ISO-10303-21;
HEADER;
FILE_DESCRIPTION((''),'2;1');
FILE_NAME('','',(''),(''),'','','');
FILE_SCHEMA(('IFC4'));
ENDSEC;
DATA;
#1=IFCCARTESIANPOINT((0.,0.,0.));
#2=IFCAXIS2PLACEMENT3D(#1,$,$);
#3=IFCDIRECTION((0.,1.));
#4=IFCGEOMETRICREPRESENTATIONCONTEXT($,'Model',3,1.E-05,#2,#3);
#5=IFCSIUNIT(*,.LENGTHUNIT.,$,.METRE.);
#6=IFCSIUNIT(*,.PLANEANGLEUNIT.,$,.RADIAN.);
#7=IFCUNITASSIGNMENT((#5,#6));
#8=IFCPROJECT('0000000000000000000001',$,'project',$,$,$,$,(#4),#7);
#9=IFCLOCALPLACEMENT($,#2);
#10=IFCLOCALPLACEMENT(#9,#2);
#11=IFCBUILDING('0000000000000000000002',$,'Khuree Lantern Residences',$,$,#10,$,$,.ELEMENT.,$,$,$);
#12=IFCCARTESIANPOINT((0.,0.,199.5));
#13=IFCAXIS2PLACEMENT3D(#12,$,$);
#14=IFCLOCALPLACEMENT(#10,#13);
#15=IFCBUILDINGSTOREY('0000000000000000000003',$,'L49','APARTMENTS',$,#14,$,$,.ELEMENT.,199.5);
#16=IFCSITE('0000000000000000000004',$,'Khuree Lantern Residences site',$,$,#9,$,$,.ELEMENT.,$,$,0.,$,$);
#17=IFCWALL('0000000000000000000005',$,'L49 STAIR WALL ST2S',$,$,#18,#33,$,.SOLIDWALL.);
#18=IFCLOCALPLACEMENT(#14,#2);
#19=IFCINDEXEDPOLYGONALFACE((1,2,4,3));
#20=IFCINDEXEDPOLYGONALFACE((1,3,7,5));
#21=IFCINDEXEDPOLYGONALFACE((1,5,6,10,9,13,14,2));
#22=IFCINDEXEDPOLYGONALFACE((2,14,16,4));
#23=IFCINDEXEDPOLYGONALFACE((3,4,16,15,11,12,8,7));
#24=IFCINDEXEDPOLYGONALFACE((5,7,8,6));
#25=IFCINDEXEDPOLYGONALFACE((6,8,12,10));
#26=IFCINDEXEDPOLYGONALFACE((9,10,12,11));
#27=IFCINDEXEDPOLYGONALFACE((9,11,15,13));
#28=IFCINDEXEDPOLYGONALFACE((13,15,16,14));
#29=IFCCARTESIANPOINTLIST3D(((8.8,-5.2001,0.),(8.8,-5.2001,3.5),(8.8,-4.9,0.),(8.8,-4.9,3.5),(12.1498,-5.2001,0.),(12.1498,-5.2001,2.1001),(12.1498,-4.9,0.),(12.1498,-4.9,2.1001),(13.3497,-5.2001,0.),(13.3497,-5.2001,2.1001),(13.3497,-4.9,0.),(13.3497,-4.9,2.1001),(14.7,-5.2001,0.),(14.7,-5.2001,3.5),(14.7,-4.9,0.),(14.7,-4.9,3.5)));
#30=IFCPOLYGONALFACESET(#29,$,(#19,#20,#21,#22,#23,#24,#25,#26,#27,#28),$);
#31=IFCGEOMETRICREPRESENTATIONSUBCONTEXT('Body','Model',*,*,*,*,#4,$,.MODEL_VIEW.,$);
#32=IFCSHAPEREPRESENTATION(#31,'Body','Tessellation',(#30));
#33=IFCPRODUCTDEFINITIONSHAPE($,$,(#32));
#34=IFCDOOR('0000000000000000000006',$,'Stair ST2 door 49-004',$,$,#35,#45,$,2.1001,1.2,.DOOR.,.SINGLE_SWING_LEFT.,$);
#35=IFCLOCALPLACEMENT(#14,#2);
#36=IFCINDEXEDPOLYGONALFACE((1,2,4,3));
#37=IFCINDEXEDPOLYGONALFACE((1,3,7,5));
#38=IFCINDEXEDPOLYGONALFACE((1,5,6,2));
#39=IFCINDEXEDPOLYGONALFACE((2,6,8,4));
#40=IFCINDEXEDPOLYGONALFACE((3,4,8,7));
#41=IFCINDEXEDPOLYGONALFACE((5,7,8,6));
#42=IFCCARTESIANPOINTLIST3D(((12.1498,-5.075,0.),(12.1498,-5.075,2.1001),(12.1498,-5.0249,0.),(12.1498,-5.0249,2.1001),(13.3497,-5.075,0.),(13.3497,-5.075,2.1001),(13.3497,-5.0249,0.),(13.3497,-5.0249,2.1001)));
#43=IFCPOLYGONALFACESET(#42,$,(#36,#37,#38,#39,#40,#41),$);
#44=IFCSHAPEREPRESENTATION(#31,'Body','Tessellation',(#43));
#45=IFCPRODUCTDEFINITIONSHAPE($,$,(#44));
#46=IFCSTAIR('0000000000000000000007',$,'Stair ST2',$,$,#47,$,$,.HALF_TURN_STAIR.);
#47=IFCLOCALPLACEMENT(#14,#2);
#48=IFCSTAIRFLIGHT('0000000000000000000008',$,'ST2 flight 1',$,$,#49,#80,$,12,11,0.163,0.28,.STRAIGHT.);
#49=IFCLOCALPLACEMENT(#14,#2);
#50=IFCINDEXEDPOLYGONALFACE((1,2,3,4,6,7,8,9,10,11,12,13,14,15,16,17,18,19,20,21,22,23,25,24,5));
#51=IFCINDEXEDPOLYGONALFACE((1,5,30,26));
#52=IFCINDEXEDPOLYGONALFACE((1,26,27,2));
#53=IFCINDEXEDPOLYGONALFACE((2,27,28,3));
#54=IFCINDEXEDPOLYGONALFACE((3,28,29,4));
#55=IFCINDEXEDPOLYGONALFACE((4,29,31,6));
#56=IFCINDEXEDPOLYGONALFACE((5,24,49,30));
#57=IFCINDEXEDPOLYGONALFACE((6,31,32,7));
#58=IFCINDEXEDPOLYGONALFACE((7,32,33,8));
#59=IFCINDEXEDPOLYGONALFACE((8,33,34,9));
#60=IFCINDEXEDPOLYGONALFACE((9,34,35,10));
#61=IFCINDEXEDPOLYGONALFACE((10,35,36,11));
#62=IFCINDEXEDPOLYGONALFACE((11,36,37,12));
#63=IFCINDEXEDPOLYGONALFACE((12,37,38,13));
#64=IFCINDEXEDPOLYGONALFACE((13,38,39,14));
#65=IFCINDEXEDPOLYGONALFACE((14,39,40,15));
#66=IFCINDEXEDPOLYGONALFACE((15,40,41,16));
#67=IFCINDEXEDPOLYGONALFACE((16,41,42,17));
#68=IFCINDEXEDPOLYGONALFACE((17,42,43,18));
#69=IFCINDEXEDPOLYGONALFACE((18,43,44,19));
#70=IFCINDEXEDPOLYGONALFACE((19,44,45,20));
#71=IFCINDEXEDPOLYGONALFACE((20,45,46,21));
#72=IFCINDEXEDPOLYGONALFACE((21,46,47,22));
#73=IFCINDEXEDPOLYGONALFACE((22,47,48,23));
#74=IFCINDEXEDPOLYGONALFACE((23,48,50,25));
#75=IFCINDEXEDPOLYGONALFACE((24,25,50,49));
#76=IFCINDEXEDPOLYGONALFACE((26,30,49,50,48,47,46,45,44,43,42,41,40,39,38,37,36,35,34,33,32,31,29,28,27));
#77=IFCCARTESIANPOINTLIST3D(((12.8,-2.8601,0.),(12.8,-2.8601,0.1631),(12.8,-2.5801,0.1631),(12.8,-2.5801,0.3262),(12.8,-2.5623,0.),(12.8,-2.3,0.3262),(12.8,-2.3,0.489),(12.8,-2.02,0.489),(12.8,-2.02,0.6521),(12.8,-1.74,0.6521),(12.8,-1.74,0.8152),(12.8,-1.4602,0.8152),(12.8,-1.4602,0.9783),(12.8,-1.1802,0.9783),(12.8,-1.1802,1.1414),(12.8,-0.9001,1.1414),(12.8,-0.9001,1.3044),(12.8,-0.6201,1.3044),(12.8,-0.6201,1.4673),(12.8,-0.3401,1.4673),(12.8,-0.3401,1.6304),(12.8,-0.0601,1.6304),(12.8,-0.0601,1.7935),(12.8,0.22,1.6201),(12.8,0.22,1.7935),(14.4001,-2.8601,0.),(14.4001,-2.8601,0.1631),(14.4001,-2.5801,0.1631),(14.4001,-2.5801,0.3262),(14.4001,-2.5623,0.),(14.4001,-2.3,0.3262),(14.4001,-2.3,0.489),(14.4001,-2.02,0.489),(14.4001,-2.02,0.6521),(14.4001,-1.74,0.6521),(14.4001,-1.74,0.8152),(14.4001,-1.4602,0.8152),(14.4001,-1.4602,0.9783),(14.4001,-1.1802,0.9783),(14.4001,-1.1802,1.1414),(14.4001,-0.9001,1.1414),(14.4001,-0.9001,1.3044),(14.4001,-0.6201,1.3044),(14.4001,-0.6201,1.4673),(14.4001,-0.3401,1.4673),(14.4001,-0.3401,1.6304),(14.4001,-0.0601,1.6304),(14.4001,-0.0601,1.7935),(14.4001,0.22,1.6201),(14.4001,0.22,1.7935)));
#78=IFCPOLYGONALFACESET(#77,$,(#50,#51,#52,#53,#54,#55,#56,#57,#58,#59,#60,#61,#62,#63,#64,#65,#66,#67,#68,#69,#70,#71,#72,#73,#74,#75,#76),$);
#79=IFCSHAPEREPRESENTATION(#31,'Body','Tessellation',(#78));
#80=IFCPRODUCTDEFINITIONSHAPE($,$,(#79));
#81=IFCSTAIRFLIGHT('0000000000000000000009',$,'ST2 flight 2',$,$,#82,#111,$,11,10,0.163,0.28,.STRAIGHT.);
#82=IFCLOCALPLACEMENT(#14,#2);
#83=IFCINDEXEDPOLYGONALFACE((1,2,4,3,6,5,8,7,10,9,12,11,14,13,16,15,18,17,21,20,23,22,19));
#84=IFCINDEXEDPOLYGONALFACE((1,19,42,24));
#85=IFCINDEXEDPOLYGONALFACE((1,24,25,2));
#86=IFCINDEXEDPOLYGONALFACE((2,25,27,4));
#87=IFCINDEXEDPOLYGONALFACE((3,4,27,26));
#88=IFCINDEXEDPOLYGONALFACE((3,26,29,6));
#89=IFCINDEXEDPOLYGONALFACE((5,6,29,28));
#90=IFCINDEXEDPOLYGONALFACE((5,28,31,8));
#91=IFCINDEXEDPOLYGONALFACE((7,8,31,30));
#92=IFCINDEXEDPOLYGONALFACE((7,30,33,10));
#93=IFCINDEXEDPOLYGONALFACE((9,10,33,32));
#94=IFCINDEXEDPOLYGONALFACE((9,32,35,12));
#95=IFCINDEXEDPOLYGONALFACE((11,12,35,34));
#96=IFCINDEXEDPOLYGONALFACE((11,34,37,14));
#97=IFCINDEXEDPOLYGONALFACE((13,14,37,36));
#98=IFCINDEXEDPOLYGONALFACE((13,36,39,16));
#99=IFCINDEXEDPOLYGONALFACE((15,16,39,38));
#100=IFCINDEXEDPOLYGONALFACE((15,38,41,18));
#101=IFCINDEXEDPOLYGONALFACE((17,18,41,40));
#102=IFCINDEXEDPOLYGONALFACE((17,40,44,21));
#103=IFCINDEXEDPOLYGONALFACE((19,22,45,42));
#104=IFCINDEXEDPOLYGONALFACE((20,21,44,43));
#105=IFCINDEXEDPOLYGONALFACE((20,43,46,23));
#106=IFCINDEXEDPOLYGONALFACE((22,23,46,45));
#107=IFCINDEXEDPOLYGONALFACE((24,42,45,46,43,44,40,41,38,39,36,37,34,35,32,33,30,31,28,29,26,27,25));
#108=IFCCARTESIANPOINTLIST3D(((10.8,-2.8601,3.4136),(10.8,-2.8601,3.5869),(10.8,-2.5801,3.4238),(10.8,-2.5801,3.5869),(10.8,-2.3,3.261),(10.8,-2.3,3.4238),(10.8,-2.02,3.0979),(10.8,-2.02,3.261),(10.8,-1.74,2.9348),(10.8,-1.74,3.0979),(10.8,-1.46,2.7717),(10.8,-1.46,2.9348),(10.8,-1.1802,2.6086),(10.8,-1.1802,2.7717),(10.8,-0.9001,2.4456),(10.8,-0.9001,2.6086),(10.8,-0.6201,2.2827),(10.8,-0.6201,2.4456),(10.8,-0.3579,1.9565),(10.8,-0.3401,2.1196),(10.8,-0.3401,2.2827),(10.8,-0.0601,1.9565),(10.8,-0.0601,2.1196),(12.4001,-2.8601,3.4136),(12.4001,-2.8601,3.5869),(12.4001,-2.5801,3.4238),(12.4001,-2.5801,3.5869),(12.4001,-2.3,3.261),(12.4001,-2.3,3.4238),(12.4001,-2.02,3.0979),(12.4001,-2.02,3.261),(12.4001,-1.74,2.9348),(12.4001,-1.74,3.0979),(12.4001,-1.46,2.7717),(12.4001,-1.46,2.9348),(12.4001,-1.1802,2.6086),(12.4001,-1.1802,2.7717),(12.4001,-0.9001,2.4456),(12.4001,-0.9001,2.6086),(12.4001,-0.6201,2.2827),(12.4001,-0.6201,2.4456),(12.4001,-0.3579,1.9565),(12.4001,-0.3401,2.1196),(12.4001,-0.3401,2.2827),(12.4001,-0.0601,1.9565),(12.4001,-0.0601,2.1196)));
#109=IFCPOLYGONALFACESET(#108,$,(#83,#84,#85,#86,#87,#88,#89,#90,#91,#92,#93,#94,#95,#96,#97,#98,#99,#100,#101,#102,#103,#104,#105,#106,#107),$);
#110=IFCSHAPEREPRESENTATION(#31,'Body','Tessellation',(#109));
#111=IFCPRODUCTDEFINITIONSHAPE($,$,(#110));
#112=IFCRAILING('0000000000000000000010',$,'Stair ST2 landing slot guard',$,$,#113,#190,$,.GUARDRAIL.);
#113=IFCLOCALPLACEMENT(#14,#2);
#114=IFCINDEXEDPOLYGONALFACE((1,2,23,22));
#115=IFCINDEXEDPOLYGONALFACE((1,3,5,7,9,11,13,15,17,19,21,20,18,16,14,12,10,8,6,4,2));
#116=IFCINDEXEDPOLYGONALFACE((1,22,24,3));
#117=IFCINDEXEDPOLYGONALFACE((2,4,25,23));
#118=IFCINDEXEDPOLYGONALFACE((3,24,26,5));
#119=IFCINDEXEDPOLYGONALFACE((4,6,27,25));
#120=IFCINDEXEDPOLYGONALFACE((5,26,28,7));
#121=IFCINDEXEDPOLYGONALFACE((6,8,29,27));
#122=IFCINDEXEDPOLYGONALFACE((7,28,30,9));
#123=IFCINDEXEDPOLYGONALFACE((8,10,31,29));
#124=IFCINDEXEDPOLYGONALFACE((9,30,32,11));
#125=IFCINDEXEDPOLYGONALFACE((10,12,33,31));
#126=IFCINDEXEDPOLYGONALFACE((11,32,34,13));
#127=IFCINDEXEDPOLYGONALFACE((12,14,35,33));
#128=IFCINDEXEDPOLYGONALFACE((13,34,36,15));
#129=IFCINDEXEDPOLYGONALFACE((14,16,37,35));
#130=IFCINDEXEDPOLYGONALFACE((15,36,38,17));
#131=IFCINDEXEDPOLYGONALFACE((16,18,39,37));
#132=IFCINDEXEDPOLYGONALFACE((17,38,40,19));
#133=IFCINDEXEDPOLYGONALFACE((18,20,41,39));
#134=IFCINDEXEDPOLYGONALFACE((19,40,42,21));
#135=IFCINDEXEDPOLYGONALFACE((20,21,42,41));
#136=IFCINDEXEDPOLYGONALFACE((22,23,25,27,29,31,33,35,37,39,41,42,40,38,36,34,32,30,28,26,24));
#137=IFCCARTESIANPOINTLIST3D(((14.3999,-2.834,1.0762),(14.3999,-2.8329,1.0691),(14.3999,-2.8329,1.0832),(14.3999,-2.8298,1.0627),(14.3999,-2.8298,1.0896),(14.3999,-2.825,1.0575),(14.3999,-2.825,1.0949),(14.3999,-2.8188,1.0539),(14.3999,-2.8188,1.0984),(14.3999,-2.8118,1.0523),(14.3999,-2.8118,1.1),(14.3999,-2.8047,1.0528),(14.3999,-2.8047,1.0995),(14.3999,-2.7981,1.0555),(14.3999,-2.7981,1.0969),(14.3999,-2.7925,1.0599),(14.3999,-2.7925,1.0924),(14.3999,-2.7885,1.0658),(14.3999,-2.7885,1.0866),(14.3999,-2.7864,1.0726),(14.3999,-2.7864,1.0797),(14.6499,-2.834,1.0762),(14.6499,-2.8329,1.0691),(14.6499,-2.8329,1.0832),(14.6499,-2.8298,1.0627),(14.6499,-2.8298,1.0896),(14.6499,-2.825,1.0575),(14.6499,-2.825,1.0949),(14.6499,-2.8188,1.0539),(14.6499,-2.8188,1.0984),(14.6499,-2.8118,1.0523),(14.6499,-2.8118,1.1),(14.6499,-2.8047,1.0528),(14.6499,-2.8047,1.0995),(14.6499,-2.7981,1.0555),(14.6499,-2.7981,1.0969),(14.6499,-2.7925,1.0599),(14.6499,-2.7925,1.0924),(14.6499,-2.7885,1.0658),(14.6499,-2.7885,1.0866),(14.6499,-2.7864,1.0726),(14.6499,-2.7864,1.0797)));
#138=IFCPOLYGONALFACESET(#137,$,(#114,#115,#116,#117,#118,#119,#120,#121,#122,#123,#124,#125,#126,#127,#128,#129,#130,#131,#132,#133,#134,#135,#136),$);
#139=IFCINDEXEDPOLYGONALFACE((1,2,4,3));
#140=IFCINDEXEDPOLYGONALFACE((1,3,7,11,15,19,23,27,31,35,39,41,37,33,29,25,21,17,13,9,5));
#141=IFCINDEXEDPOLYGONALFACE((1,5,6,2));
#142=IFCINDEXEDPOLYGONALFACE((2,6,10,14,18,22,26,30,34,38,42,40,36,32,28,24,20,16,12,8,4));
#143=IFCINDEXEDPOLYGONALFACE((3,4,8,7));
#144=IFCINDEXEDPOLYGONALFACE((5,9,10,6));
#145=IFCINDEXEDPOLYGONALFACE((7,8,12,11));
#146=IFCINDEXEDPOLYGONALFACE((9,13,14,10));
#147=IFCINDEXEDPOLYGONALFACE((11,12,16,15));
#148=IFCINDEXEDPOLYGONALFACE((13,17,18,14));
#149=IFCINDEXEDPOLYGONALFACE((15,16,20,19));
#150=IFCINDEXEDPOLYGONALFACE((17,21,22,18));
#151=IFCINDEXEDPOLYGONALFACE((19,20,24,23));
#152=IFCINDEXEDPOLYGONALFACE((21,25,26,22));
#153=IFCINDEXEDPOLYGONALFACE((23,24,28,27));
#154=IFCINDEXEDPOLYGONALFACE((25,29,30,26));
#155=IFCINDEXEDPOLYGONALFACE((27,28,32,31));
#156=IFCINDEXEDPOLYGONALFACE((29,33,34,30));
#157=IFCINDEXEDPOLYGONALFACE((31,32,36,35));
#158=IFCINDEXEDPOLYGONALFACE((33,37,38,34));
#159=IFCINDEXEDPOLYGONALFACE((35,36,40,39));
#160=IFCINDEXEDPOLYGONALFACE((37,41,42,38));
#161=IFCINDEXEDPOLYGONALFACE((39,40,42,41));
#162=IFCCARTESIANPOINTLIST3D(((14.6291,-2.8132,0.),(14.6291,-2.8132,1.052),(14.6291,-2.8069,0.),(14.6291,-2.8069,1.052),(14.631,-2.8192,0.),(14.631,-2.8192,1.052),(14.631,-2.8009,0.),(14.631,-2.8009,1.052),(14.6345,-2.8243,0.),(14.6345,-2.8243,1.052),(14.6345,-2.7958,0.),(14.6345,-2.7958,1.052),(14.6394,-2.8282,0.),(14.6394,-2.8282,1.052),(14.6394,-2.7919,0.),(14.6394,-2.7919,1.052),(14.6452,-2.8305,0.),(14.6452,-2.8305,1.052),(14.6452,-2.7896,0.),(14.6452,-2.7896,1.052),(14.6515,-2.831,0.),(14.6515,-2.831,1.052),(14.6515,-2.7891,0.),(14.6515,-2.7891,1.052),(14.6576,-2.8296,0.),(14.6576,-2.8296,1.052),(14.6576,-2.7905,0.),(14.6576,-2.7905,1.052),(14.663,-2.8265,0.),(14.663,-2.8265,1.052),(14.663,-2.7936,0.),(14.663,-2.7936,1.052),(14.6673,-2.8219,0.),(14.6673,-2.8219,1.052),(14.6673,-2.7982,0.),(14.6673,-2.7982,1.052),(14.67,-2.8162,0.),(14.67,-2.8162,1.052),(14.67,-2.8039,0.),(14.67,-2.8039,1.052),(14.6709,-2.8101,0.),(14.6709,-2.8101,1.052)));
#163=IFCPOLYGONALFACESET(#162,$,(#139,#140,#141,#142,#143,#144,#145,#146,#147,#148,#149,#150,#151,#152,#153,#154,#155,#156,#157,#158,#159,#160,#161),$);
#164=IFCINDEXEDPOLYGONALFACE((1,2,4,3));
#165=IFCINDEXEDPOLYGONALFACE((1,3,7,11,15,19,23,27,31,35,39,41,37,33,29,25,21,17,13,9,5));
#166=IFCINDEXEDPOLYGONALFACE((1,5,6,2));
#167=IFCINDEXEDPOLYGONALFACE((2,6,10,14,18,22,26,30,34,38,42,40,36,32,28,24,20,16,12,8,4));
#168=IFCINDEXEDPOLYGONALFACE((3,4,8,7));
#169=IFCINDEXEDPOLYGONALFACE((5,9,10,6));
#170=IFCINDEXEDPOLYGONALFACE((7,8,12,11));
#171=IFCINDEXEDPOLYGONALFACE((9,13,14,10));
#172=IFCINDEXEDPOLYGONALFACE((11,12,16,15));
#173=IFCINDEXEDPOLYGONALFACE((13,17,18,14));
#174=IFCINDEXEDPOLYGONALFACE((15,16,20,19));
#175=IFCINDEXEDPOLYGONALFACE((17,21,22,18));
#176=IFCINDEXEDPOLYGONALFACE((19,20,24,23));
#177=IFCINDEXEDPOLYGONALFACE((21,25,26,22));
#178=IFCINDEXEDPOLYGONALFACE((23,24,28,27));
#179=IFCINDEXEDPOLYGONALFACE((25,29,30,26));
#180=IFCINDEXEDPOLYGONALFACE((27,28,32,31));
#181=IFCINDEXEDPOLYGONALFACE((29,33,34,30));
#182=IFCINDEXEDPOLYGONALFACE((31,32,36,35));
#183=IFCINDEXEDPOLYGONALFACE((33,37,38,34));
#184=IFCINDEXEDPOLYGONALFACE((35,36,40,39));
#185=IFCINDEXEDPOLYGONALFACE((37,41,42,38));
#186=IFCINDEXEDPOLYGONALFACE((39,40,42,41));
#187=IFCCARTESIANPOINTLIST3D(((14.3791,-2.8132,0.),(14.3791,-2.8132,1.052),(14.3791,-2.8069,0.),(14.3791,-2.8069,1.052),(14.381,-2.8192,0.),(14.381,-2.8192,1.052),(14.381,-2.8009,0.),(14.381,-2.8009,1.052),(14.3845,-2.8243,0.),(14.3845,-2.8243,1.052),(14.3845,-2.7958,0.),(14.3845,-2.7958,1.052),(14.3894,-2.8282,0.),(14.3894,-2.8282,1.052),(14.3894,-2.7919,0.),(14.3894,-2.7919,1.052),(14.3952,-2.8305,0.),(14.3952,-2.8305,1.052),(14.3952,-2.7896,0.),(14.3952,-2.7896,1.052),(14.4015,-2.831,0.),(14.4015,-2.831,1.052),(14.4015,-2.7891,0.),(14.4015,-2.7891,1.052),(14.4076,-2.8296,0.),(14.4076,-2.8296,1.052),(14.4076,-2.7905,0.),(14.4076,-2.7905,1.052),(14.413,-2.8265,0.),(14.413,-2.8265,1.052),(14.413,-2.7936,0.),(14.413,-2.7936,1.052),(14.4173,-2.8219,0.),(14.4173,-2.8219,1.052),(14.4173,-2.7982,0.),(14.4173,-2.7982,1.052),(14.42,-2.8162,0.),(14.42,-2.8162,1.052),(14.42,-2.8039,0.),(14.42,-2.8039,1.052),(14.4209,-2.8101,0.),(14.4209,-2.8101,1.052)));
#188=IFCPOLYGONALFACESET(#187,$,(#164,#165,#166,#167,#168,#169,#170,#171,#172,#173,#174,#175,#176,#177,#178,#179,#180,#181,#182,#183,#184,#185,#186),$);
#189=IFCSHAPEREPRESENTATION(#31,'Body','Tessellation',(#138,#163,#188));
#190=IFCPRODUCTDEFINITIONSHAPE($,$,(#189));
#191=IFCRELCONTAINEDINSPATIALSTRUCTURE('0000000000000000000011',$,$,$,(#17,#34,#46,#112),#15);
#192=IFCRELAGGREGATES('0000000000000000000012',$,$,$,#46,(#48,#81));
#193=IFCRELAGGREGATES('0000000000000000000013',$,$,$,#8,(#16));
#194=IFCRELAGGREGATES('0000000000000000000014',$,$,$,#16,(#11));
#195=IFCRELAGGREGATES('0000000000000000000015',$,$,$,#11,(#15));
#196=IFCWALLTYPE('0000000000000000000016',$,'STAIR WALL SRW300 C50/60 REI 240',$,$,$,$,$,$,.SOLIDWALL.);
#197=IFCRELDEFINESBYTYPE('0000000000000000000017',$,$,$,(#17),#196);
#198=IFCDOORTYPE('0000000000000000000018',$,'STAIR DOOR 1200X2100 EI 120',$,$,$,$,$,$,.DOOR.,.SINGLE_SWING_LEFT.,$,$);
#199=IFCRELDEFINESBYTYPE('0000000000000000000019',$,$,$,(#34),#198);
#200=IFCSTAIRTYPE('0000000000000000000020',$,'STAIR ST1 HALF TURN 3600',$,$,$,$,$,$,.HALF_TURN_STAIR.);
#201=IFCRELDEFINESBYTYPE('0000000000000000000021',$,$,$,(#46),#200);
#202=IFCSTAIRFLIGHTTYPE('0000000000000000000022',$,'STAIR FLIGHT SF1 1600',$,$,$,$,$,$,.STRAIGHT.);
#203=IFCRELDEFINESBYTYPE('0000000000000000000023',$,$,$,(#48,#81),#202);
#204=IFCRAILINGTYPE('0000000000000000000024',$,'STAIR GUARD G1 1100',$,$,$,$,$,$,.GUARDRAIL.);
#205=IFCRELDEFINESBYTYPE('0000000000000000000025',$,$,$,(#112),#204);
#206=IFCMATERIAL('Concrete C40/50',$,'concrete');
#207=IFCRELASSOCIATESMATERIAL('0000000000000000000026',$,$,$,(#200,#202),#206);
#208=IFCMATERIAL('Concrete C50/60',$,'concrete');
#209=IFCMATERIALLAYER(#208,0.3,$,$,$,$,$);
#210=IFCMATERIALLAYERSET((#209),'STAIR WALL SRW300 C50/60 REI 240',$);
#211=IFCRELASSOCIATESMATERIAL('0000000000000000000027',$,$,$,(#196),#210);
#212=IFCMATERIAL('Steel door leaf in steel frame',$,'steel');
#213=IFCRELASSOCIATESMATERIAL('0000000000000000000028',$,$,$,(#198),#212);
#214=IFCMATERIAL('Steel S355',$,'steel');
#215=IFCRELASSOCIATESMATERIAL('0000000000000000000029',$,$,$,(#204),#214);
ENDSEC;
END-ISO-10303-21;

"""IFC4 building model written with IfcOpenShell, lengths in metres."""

from ifc_helpers import new_model, si_unit, direction, frame, frame_2d, origin, origin_2d, place, context, subcontext, project, spatial, polyline, rectangle, circle, outline, extrude, material, layer, layer_set, type_object, element, fill, aggregate, save


model = new_model("IFC4")

# Units and contexts
model_context = context("Model", 3, precision=1e-05, world=origin(), true_north=direction((0.0, 1.0)))
body_context = subcontext(model_context, "Body", "Model", "MODEL_VIEW")
ifc_project = project(units=[si_unit("LENGTHUNIT", "METRE"), si_unit("PLANEANGLEUNIT", "RADIAN")], contexts=[model_context])

# Site, building, storey
site_placement = place(None, origin())
site = spatial("IfcSite", under=ifc_project, at=site_placement, Name="Khuree Lantern Residences site", CompositionType="ELEMENT", RefElevation=0.0)
building_placement = place(site_placement, origin())
building = spatial("IfcBuilding", under=site, at=building_placement, Name="Khuree Lantern Residences", CompositionType="ELEMENT")
storey_placement = place(building_placement, frame((0.0, 0.0, 199.5)))
storey = spatial("IfcBuildingStorey", under=building, at=storey_placement, Name="L49", Description="APARTMENTS", CompositionType="ELEMENT", Elevation=199.5)

# Shared definitions
ifc_material_1 = material(Name="Concrete C50/60", Category="concrete")

# Shared definitions
ifc_material_2 = material(Name="Steel S355", Category="steel")

# Shared definitions
ifc_material_3 = material(Name="Concrete C40/50", Category="concrete")
stair_type = type_object("IfcStairType", Name="STAIR ST1 HALF TURN 3600", PredefinedType="HALF_TURN_STAIR", material=ifc_material_3)

# Shared definitions
ifc_material_4 = material(Name="Steel door leaf in steel frame", Category="steel")

# Shared definitions
ifc_layer_1 = layer(ifc_material_1, 0.3)
ifc_layer_set_1 = layer_set([ifc_layer_1], Name="STAIR WALL SRW300 C50/60 REI 240")
wall_type_1 = type_object("IfcWallType", Name="STAIR WALL SRW300 C50/60 REI 240", PredefinedType="SOLIDWALL", material=ifc_layer_set_1)

# Wall, opening, door
wall_1_placement = place(storey_placement, frame((14.7, -5.05, 0.0), z_axis=(0.0, 0.0, 1.0), x_axis=(-1.0, 0.0, 0.0)))
wall_1 = element("IfcWall", 1, at=wall_1_placement, inside=storey, type_object=wall_type_1, Name="L49 STAIR WALL ST2S", PredefinedType="SOLIDWALL", context=body_context, shape_type="SweptSolid", body=[
    extrude(rectangle(XDim=5.8999, YDim=0.3, at=frame_2d((2.95, 0.0))), origin(), (0.0, 0.0, 1.0), 3.5),
])
opening_1_placement = place(wall_1_placement, frame((1.3501, 0.0, 0.0)))
opening_1 = element("IfcOpeningElement", 2, at=opening_1_placement, cuts=wall_1, PredefinedType="OPENING", context=body_context, shape_type="SweptSolid", body=[
    extrude(rectangle(XDim=1.2, YDim=2.1001, at=frame_2d((0.6001, 1.05))), frame((0.0, 0.1602, 0.0), z_axis=(0.0, -1.0, 0.0), x_axis=(1.0, 0.0, 0.0)), (0.0, 0.0, 1.0), 0.3201),
])
door_type_1 = type_object("IfcDoorType", Name="STAIR DOOR 1200X2100 EI 120", OperationType="SINGLE_SWING_LEFT", PredefinedType="DOOR", material=ifc_material_4)
door_1_placement = place(opening_1_placement, origin())
door_1 = element("IfcDoor", 3, at=door_1_placement, inside=storey, type_object=door_type_1, Name="Stair ST2 door 49-004", OperationType="SINGLE_SWING_LEFT", OverallHeight=2.1001, OverallWidth=1.2, PredefinedType="DOOR", context=body_context, shape_type="SweptSolid", body=[
    extrude(rectangle(XDim=1.2, YDim=2.1001, at=frame_2d((0.6001, 1.05))), frame((0.0, 0.0249, 0.0), z_axis=(0.0, -1.0, 0.0), x_axis=(1.0, 0.0, 0.0)), (0.0, 0.0, 1.0), 0.05),
])
fill(opening_1, door_1)

# Stair, stair flights
stair_1_placement = place(storey_placement, origin())
stair_1 = element("IfcStair", 4, at=stair_1_placement, inside=storey, type_object=stair_type, Name="Stair ST2", PredefinedType="HALF_TURN_STAIR")
stair_flight_type = type_object("IfcStairFlightType", Name="STAIR FLIGHT SF1 1600", PredefinedType="STRAIGHT", material=ifc_material_3)
stair_flight_1_placement = place(storey_placement, frame((13.6001, -2.8601, 0.0), z_axis=(0.0, 0.0, 1.0), x_axis=(0.0, 1.0, 0.0)))
stair_flight_1 = element("IfcStairFlight", 5, at=stair_flight_1_placement, type_object=stair_flight_type, Name="ST2 flight 1", NumberOfRisers=12, NumberOfTreads=11, PredefinedType="STRAIGHT", RiserHeight=0.163, TreadLength=0.28, context=body_context, shape_type="SweptSolid", body=[
    extrude(outline(polyline([(0.0, 0.0), (0.0, 0.1631), (0.28, 0.1631), (0.28, 0.3262), (0.5601, 0.3262), (0.5601, 0.489), (0.8401, 0.489), (0.8401, 0.6521), (1.1201, 0.6521), (1.1201, 0.8152), (1.3999, 0.8152), (1.3999, 0.9783), (1.6799, 0.9783), (1.6799, 1.1414), (1.96, 1.1414), (1.96, 1.3044), (2.24, 1.3044), (2.24, 1.4673), (2.52, 1.4673), (2.52, 1.6304), (2.8, 1.6304), (2.8, 1.7935), (3.0801, 1.7935), (3.0801, 1.9565), (3.0801, 1.6201), (0.2979, 0.0), (0.0, 0.0)])), frame((0.0, 0.8, 0.0), z_axis=(0.0, -1.0, 0.0), x_axis=(1.0, 0.0, 0.0)), (0.0, 0.0, 1.0), 1.6001),
])
stair_flight_2_placement = place(storey_placement, frame((11.6001, -0.0601, 1.9565), z_axis=(0.0, 0.0, 1.0), x_axis=(0.0, -1.0, 0.0)))
stair_flight_2 = element("IfcStairFlight", 6, at=stair_flight_2_placement, type_object=stair_flight_type, Name="ST2 flight 2", NumberOfRisers=11, NumberOfTreads=10, PredefinedType="STRAIGHT", RiserHeight=0.163, TreadLength=0.28, context=body_context, shape_type="SweptSolid", body=[
    extrude(outline(polyline([(0.0, 0.0), (0.0, 0.1631), (0.28, 0.1631), (0.28, 0.3262), (0.5601, 0.3262), (0.5601, 0.489), (0.8401, 0.489), (0.8401, 0.6521), (1.1201, 0.6521), (1.1201, 0.8152), (1.3999, 0.8152), (1.3999, 0.9783), (1.6799, 0.9783), (1.6799, 1.1414), (1.96, 1.1414), (1.96, 1.3044), (2.24, 1.3044), (2.24, 1.4673), (2.52, 1.4673), (2.52, 1.6304), (2.8, 1.6304), (2.8, 1.7935), (2.8, 1.457), (0.2979, 0.0), (0.0, 0.0)])), frame((0.0, 0.8, 0.0), z_axis=(0.0, -1.0, 0.0), x_axis=(1.0, 0.0, 0.0)), (0.0, 0.0, 1.0), 1.6001),
])
aggregate(stair_1, [stair_flight_1, stair_flight_2])

# Railing
railing_type_1 = type_object("IfcRailingType", Name="STAIR GUARD G1 1100", PredefinedType="GUARDRAIL", material=ifc_material_2)
railing_1_placement = place(storey_placement, frame((14.6499, -2.8101, 0.0)))
element("IfcRailing", 7, at=railing_1_placement, inside=storey, type_object=railing_type_1, Name="Stair ST2 landing slot guard", PredefinedType="GUARDRAIL", context=body_context, shape_type="SweptSolid", body=[
    extrude(circle(Radius=0.0239, at=origin_2d()), frame((0.0, 0.0, 1.0762), z_axis=(-1.0, 0.0, 0.0), x_axis=(0.0, -1.0, 0.0)), (0.0, 0.0, 1.0), 0.25),
    extrude(circle(Radius=0.021, at=origin_2d()), origin(), (0.0, 0.0, 1.0), 1.052),
    extrude(circle(Radius=0.021, at=origin_2d()), frame((-0.25, 0.0, 0.0)), (0.0, 0.0, 1.0), 1.052),
])

save(model, "model.ifc")
